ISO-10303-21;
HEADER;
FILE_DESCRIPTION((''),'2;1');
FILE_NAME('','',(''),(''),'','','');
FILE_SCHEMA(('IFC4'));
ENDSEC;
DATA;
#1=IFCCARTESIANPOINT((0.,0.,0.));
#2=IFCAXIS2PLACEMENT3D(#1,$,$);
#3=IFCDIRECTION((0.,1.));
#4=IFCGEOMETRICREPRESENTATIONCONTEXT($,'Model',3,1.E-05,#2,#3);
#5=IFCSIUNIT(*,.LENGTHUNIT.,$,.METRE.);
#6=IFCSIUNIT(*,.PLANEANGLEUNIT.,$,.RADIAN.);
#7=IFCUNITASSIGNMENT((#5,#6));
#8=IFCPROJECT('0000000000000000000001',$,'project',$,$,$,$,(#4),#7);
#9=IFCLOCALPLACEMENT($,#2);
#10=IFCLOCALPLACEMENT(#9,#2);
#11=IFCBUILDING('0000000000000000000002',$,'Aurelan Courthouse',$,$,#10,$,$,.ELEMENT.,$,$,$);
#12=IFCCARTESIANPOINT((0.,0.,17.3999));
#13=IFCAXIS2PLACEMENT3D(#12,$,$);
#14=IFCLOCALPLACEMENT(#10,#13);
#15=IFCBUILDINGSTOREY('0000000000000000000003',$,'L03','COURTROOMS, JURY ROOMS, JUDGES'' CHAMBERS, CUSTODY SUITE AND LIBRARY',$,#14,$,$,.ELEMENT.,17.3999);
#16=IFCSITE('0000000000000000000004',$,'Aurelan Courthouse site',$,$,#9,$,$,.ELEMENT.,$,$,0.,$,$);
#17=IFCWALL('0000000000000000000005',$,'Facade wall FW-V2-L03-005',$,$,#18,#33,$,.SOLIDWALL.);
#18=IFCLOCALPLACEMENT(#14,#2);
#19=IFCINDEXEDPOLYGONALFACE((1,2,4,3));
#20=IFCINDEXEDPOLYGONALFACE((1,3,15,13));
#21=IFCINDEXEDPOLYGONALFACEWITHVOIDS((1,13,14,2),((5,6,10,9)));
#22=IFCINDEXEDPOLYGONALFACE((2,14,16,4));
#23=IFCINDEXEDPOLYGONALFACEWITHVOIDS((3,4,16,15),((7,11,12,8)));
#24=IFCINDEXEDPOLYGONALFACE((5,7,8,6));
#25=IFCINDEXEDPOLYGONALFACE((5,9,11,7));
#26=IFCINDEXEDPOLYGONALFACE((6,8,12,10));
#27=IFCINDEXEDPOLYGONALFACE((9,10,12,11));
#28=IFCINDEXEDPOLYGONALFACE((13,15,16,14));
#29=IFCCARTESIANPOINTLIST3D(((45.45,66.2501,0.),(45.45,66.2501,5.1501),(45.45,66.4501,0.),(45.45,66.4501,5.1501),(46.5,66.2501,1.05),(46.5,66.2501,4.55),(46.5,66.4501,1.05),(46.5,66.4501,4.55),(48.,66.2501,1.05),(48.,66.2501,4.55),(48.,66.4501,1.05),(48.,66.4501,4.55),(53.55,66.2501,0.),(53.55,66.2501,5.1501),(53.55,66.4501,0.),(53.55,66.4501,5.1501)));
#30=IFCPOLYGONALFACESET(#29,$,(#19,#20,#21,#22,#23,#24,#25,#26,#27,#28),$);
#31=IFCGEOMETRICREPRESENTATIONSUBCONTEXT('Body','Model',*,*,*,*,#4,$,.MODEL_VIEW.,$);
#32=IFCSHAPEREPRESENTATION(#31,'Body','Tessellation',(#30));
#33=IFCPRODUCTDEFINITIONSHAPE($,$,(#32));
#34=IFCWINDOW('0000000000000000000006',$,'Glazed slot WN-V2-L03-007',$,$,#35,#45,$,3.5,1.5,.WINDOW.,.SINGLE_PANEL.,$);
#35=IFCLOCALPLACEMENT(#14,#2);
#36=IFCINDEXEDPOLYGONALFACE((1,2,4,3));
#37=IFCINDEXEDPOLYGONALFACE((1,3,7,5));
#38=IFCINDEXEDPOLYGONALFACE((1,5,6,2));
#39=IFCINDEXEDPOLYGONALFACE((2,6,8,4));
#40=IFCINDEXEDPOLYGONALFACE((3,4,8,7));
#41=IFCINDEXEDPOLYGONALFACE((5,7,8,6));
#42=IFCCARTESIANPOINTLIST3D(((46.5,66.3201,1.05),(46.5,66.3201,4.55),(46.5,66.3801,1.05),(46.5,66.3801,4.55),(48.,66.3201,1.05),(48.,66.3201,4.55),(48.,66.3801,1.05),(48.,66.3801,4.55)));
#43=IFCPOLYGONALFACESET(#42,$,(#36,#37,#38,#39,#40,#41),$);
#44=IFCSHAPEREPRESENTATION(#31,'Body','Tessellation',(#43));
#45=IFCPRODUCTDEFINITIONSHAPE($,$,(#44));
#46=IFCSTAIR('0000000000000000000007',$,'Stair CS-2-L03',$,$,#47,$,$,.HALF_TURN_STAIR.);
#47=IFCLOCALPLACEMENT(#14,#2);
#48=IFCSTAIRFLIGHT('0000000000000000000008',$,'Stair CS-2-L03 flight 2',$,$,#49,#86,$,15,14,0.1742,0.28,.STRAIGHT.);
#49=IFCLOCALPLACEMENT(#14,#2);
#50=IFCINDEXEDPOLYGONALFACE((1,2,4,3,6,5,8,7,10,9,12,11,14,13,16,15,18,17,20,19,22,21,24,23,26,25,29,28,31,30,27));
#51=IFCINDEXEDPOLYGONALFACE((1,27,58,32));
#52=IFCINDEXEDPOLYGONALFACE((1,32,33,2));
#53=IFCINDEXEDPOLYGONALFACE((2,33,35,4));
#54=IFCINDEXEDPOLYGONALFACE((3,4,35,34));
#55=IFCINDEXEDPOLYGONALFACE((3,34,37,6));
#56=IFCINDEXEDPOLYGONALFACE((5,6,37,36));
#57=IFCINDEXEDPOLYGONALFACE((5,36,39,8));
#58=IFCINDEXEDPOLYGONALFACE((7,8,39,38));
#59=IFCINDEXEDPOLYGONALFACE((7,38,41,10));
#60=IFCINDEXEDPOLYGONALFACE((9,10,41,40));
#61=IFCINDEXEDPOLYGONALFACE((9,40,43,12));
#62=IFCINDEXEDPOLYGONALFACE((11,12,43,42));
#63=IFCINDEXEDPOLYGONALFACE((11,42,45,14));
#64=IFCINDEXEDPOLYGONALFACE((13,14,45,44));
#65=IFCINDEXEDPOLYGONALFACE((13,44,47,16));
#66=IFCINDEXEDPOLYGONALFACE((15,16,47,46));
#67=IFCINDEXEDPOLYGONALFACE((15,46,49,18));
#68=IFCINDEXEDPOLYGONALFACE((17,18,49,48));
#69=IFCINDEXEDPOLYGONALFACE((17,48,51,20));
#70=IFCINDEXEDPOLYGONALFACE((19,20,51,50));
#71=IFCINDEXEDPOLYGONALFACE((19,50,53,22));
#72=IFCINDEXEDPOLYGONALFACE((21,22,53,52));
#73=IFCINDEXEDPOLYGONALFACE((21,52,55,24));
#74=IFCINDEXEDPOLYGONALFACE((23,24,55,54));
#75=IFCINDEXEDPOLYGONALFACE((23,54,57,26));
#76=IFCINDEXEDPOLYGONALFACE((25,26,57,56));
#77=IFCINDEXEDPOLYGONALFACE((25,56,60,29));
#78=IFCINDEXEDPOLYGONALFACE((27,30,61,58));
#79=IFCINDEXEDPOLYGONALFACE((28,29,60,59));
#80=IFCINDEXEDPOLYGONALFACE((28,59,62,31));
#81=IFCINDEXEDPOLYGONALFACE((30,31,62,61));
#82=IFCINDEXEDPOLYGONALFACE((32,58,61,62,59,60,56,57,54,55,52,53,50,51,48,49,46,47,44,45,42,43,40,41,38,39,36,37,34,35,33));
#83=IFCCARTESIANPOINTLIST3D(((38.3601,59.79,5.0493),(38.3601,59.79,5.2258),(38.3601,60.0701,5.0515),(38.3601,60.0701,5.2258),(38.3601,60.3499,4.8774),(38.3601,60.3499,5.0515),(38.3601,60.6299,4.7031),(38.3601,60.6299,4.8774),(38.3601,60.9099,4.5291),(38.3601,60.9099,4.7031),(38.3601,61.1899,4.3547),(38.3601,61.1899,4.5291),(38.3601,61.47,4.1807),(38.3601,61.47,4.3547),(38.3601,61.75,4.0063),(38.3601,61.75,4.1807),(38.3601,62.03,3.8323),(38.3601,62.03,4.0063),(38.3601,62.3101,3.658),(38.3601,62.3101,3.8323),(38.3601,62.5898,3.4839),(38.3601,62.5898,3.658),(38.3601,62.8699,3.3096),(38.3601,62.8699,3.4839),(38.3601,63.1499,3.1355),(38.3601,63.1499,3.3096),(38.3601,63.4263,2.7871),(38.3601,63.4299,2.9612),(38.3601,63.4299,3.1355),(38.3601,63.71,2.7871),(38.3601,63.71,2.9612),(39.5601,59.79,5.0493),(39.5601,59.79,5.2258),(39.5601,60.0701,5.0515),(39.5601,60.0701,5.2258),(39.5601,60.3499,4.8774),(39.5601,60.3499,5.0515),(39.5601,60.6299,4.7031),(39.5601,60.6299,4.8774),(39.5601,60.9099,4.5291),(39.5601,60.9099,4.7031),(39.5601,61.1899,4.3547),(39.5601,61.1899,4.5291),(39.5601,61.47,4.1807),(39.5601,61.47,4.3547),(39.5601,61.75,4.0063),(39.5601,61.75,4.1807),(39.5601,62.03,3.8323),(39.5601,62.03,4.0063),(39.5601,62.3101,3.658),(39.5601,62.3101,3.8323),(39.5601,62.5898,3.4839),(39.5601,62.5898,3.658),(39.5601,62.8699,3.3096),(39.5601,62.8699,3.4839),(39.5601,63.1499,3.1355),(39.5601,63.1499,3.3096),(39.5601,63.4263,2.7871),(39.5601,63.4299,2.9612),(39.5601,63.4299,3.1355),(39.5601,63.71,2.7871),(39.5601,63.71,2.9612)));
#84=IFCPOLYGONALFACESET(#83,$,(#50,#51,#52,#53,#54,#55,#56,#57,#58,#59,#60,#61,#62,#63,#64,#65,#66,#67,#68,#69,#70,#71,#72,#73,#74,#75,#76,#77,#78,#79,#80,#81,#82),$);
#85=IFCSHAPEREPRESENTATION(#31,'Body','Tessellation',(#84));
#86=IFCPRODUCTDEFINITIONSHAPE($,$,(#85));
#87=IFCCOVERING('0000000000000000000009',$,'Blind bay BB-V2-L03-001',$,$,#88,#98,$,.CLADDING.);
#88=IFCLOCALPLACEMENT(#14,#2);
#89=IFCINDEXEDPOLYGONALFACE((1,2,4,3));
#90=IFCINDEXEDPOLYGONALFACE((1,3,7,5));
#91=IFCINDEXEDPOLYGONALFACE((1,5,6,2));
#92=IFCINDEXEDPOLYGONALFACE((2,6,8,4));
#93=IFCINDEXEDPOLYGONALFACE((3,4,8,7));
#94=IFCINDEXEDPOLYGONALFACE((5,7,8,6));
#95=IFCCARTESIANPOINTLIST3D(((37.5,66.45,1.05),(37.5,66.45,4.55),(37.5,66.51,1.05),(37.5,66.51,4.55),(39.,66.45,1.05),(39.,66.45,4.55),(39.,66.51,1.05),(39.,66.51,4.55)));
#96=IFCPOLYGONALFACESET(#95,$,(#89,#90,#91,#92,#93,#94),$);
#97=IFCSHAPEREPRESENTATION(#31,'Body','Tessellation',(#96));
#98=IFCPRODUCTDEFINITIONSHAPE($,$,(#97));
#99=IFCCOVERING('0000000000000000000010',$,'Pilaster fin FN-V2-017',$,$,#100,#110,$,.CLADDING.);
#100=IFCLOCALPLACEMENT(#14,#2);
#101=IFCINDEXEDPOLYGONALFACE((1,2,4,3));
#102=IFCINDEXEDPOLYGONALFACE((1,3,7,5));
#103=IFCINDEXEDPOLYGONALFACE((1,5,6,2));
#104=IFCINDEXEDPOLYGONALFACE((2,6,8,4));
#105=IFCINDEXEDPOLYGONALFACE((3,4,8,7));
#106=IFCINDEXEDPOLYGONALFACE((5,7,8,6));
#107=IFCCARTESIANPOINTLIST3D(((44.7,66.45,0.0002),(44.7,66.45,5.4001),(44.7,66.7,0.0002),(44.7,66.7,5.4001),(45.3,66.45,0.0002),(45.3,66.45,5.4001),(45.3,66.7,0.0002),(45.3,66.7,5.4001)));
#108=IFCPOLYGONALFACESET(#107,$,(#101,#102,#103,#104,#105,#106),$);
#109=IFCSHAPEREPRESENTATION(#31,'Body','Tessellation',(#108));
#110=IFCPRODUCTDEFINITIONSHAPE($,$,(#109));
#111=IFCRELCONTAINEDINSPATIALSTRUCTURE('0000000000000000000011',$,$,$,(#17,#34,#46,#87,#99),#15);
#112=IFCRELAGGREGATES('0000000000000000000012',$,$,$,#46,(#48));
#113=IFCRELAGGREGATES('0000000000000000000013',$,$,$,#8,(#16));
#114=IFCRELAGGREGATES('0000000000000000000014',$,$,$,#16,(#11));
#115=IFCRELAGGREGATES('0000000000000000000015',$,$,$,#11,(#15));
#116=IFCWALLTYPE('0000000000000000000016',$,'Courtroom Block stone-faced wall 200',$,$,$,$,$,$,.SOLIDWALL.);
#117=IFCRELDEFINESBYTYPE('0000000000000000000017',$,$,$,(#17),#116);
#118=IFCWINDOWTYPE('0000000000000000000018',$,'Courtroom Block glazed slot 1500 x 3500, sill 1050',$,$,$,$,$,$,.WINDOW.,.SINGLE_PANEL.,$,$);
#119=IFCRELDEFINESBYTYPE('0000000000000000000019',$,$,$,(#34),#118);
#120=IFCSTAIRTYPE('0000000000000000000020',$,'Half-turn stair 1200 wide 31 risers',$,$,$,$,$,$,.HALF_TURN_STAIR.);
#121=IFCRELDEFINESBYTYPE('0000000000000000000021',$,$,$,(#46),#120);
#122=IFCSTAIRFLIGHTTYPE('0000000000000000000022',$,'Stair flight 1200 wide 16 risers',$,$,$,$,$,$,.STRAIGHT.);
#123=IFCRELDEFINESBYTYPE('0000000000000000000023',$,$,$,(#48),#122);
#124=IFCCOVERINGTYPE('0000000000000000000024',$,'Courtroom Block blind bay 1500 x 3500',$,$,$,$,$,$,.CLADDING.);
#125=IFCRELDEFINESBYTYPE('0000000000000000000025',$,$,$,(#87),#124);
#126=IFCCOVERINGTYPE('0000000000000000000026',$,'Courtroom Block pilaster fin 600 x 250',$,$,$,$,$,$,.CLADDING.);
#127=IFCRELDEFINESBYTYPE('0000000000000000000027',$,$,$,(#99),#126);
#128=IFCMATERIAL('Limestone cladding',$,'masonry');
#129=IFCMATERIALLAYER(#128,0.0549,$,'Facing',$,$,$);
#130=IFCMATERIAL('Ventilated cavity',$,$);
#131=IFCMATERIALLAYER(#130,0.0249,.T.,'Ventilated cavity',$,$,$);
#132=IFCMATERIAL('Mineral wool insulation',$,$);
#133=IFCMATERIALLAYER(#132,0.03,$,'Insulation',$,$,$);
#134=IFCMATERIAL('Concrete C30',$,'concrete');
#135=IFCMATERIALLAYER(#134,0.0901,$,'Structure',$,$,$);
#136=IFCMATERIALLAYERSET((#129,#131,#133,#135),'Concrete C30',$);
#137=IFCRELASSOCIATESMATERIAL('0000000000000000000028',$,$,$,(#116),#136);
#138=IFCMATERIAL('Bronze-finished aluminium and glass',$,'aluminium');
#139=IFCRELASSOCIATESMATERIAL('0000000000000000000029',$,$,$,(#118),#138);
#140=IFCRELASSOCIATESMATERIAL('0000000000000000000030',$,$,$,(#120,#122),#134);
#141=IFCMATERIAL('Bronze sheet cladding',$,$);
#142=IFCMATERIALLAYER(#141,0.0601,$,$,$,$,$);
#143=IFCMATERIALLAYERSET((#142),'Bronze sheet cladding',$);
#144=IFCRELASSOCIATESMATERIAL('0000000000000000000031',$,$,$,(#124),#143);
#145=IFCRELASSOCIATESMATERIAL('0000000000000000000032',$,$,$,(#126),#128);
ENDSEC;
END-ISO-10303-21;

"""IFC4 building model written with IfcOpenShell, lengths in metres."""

from ifc_helpers import new_model, si_unit, direction, frame, frame_2d, origin, origin_2d, place, context, subcontext, project, spatial, polyline, rectangle, outline, extrude, material, layer, layer_set, type_object, element, fill, aggregate, save


model = new_model("IFC4")

# Units and contexts
model_context = context("Model", 3, precision=1e-05, world=origin(), true_north=direction((0.0, 1.0)))
body_context = subcontext(model_context, "Body", "Model", "MODEL_VIEW")
ifc_project = project(units=[si_unit("LENGTHUNIT", "METRE"), si_unit("PLANEANGLEUNIT", "RADIAN")], contexts=[model_context])

# Site, building, storey
site_placement = place(None, origin())
site = spatial("IfcSite", under=ifc_project, at=site_placement, Name="Aurelan Courthouse site", CompositionType="ELEMENT", RefElevation=0.0)
building_placement = place(site_placement, origin())
building = spatial("IfcBuilding", under=site, at=building_placement, Name="Aurelan Courthouse", CompositionType="ELEMENT")
storey_placement = place(building_placement, frame((0.0, 0.0, 17.3999)))
storey = spatial("IfcBuildingStorey", under=building, at=storey_placement, Name="L03", Description="COURTROOMS, JURY ROOMS, JUDGES' CHAMBERS, CUSTODY SUITE AND LIBRARY", CompositionType="ELEMENT", Elevation=17.3999)

# Wall, opening, window
ifc_material_1 = material(Name="Limestone cladding", Category="masonry")
ifc_layer_1 = layer(ifc_material_1, 0.0549, Name="Facing")
ifc_material_2 = material(Name="Ventilated cavity")
ifc_layer_2 = layer(ifc_material_2, 0.0249, ventilated=True, Name="Ventilated cavity")
ifc_material_3 = material(Name="Mineral wool insulation")
ifc_layer_3 = layer(ifc_material_3, 0.03, Name="Insulation")
ifc_material_4 = material(Name="Concrete C30", Category="concrete")
ifc_layer_4 = layer(ifc_material_4, 0.0901, Name="Structure")
ifc_layer_set_1 = layer_set([ifc_layer_1, ifc_layer_2, ifc_layer_3, ifc_layer_4], Name="Concrete C30")
wall_type_1 = type_object("IfcWallType", Name="Courtroom Block stone-faced wall 200", PredefinedType="SOLIDWALL", material=ifc_layer_set_1)
wall_1_placement = place(storey_placement, frame((45.45, 66.3501, 0.0), z_axis=(0.0, 0.0, 1.0), x_axis=(1.0, 0.0, 0.0)))
wall_1 = element("IfcWall", 1, at=wall_1_placement, inside=storey, type_object=wall_type_1, Name="Facade wall FW-V2-L03-005", PredefinedType="SOLIDWALL", context=body_context, shape_type="SweptSolid", body=[
    extrude(rectangle(XDim=8.1001, YDim=0.2, at=frame_2d((4.05, 0.0))), origin(), (0.0, 0.0, 1.0), 5.1501),
])
opening_1_placement = place(wall_1_placement, frame((1.05, 0.0, 1.05)))
opening_1 = element("IfcOpeningElement", 2, at=opening_1_placement, cuts=wall_1, PredefinedType="OPENING", context=body_context, shape_type="SweptSolid", body=[
    extrude(rectangle(XDim=1.5, YDim=3.5, at=frame_2d((0.75, 1.75))), frame((0.0, 0.1099, 0.0), z_axis=(0.0, -1.0, 0.0), x_axis=(1.0, 0.0, 0.0)), (0.0, 0.0, 1.0), 0.22),
])
ifc_material_5 = material(Name="Bronze-finished aluminium and glass", Category="aluminium")
window_type = type_object("IfcWindowType", Name="Courtroom Block glazed slot 1500 x 3500, sill 1050", PartitioningType="SINGLE_PANEL", PredefinedType="WINDOW", material=ifc_material_5)
window_placement = place(opening_1_placement, origin())
window = element("IfcWindow", 3, at=window_placement, inside=storey, type_object=window_type, Name="Glazed slot WN-V2-L03-007", OverallHeight=3.5, OverallWidth=1.5, PartitioningType="SINGLE_PANEL", PredefinedType="WINDOW", context=body_context, shape_type="SweptSolid", body=[
    extrude(rectangle(XDim=1.5, YDim=3.5, at=frame_2d((0.75, 1.75))), frame((0.0, 0.03, 0.0), z_axis=(0.0, -1.0, 0.0), x_axis=(1.0, 0.0, 0.0)), (0.0, 0.0, 1.0), 0.0601),
])
fill(opening_1, window)

# Stair, stair flight
stair_type = type_object("IfcStairType", Name="Half-turn stair 1200 wide 31 risers", PredefinedType="HALF_TURN_STAIR", material=ifc_material_4)
stair_placement = place(storey_placement, origin())
stair = element("IfcStair", 4, at=stair_placement, inside=storey, type_object=stair_type, Name="Stair CS-2-L03", PredefinedType="HALF_TURN_STAIR")
stair_flight_type = type_object("IfcStairFlightType", Name="Stair flight 1200 wide 16 risers", PredefinedType="STRAIGHT", material=ifc_material_4)
stair_flight_placement = place(storey_placement, frame((38.96, 63.71, 2.7871), z_axis=(0.0, 0.0, 1.0), x_axis=(0.0, -1.0, 0.0)))
stair_flight = element("IfcStairFlight", 5, at=stair_flight_placement, type_object=stair_flight_type, Name="Stair CS-2-L03 flight 2", NumberOfRisers=15, NumberOfTreads=14, PredefinedType="STRAIGHT", RiserHeight=0.1742, TreadLength=0.28, context=body_context, shape_type="SweptSolid", body=[
    extrude(outline(polyline([(0.0, 0.0), (0.0, 0.1741), (0.28, 0.1741), (0.28, 0.3484), (0.5601, 0.3484), (0.5601, 0.5225), (0.8401, 0.5225), (0.8401, 0.6968), (1.1201, 0.6968), (1.1201, 0.8708), (1.3999, 0.8708), (1.3999, 1.0452), (1.6799, 1.0452), (1.6799, 1.2192), (1.96, 1.2192), (1.96, 1.3936), (2.24, 1.3936), (2.24, 1.5676), (2.52, 1.5676), (2.52, 1.7419), (2.8, 1.7419), (2.8, 1.916), (3.0801, 1.916), (3.0801, 2.0903), (3.3601, 2.0903), (3.3601, 2.2644), (3.6399, 2.2644), (3.6399, 2.4387), (3.9199, 2.4387), (3.9199, 2.6128), (3.9199, 2.2622), (0.2837, 0.0), (0.0, 0.0)])), frame((0.0, 0.6001, 0.0), z_axis=(0.0, -1.0, 0.0), x_axis=(1.0, 0.0, 0.0)), (0.0, 0.0, 1.0), 1.2),
])
aggregate(stair, [stair_flight])

# Coverings
ifc_material_6 = material(Name="Bronze sheet cladding")
ifc_layer_5 = layer(ifc_material_6, 0.0601)
ifc_layer_set_2 = layer_set([ifc_layer_5], Name="Bronze sheet cladding")
covering_type_1 = type_object("IfcCoveringType", Name="Courtroom Block blind bay 1500 x 3500", PredefinedType="CLADDING", material=ifc_layer_set_2)
covering_1_placement = place(storey_placement, frame((38.25, 66.48, 1.05), z_axis=(0.0, 0.0, 1.0), x_axis=(1.0, 0.0, 0.0)))
element("IfcCovering", 6, at=covering_1_placement, inside=storey, type_object=covering_type_1, Name="Blind bay BB-V2-L03-001", PredefinedType="CLADDING", context=body_context, shape_type="SweptSolid", body=[
    extrude(rectangle(XDim=1.5, YDim=0.0601, at=origin_2d()), origin(), (0.0, 0.0, 1.0), 3.5),
])
covering_type_2 = type_object("IfcCoveringType", Name="Courtroom Block pilaster fin 600 x 250", PredefinedType="CLADDING", material=ifc_material_1)
covering_2_placement = place(storey_placement, frame((45.0, 66.575, 0.0002), z_axis=(0.0, 0.0, 1.0), x_axis=(1.0, 0.0, 0.0)))
element("IfcCovering", 7, at=covering_2_placement, inside=storey, type_object=covering_type_2, Name="Pilaster fin FN-V2-017", PredefinedType="CLADDING", context=body_context, shape_type="SweptSolid", body=[
    extrude(rectangle(XDim=0.6001, YDim=0.25, at=origin_2d()), origin(), (0.0, 0.0, 1.0), 5.3999),
])

save(model, "model.ifc")
